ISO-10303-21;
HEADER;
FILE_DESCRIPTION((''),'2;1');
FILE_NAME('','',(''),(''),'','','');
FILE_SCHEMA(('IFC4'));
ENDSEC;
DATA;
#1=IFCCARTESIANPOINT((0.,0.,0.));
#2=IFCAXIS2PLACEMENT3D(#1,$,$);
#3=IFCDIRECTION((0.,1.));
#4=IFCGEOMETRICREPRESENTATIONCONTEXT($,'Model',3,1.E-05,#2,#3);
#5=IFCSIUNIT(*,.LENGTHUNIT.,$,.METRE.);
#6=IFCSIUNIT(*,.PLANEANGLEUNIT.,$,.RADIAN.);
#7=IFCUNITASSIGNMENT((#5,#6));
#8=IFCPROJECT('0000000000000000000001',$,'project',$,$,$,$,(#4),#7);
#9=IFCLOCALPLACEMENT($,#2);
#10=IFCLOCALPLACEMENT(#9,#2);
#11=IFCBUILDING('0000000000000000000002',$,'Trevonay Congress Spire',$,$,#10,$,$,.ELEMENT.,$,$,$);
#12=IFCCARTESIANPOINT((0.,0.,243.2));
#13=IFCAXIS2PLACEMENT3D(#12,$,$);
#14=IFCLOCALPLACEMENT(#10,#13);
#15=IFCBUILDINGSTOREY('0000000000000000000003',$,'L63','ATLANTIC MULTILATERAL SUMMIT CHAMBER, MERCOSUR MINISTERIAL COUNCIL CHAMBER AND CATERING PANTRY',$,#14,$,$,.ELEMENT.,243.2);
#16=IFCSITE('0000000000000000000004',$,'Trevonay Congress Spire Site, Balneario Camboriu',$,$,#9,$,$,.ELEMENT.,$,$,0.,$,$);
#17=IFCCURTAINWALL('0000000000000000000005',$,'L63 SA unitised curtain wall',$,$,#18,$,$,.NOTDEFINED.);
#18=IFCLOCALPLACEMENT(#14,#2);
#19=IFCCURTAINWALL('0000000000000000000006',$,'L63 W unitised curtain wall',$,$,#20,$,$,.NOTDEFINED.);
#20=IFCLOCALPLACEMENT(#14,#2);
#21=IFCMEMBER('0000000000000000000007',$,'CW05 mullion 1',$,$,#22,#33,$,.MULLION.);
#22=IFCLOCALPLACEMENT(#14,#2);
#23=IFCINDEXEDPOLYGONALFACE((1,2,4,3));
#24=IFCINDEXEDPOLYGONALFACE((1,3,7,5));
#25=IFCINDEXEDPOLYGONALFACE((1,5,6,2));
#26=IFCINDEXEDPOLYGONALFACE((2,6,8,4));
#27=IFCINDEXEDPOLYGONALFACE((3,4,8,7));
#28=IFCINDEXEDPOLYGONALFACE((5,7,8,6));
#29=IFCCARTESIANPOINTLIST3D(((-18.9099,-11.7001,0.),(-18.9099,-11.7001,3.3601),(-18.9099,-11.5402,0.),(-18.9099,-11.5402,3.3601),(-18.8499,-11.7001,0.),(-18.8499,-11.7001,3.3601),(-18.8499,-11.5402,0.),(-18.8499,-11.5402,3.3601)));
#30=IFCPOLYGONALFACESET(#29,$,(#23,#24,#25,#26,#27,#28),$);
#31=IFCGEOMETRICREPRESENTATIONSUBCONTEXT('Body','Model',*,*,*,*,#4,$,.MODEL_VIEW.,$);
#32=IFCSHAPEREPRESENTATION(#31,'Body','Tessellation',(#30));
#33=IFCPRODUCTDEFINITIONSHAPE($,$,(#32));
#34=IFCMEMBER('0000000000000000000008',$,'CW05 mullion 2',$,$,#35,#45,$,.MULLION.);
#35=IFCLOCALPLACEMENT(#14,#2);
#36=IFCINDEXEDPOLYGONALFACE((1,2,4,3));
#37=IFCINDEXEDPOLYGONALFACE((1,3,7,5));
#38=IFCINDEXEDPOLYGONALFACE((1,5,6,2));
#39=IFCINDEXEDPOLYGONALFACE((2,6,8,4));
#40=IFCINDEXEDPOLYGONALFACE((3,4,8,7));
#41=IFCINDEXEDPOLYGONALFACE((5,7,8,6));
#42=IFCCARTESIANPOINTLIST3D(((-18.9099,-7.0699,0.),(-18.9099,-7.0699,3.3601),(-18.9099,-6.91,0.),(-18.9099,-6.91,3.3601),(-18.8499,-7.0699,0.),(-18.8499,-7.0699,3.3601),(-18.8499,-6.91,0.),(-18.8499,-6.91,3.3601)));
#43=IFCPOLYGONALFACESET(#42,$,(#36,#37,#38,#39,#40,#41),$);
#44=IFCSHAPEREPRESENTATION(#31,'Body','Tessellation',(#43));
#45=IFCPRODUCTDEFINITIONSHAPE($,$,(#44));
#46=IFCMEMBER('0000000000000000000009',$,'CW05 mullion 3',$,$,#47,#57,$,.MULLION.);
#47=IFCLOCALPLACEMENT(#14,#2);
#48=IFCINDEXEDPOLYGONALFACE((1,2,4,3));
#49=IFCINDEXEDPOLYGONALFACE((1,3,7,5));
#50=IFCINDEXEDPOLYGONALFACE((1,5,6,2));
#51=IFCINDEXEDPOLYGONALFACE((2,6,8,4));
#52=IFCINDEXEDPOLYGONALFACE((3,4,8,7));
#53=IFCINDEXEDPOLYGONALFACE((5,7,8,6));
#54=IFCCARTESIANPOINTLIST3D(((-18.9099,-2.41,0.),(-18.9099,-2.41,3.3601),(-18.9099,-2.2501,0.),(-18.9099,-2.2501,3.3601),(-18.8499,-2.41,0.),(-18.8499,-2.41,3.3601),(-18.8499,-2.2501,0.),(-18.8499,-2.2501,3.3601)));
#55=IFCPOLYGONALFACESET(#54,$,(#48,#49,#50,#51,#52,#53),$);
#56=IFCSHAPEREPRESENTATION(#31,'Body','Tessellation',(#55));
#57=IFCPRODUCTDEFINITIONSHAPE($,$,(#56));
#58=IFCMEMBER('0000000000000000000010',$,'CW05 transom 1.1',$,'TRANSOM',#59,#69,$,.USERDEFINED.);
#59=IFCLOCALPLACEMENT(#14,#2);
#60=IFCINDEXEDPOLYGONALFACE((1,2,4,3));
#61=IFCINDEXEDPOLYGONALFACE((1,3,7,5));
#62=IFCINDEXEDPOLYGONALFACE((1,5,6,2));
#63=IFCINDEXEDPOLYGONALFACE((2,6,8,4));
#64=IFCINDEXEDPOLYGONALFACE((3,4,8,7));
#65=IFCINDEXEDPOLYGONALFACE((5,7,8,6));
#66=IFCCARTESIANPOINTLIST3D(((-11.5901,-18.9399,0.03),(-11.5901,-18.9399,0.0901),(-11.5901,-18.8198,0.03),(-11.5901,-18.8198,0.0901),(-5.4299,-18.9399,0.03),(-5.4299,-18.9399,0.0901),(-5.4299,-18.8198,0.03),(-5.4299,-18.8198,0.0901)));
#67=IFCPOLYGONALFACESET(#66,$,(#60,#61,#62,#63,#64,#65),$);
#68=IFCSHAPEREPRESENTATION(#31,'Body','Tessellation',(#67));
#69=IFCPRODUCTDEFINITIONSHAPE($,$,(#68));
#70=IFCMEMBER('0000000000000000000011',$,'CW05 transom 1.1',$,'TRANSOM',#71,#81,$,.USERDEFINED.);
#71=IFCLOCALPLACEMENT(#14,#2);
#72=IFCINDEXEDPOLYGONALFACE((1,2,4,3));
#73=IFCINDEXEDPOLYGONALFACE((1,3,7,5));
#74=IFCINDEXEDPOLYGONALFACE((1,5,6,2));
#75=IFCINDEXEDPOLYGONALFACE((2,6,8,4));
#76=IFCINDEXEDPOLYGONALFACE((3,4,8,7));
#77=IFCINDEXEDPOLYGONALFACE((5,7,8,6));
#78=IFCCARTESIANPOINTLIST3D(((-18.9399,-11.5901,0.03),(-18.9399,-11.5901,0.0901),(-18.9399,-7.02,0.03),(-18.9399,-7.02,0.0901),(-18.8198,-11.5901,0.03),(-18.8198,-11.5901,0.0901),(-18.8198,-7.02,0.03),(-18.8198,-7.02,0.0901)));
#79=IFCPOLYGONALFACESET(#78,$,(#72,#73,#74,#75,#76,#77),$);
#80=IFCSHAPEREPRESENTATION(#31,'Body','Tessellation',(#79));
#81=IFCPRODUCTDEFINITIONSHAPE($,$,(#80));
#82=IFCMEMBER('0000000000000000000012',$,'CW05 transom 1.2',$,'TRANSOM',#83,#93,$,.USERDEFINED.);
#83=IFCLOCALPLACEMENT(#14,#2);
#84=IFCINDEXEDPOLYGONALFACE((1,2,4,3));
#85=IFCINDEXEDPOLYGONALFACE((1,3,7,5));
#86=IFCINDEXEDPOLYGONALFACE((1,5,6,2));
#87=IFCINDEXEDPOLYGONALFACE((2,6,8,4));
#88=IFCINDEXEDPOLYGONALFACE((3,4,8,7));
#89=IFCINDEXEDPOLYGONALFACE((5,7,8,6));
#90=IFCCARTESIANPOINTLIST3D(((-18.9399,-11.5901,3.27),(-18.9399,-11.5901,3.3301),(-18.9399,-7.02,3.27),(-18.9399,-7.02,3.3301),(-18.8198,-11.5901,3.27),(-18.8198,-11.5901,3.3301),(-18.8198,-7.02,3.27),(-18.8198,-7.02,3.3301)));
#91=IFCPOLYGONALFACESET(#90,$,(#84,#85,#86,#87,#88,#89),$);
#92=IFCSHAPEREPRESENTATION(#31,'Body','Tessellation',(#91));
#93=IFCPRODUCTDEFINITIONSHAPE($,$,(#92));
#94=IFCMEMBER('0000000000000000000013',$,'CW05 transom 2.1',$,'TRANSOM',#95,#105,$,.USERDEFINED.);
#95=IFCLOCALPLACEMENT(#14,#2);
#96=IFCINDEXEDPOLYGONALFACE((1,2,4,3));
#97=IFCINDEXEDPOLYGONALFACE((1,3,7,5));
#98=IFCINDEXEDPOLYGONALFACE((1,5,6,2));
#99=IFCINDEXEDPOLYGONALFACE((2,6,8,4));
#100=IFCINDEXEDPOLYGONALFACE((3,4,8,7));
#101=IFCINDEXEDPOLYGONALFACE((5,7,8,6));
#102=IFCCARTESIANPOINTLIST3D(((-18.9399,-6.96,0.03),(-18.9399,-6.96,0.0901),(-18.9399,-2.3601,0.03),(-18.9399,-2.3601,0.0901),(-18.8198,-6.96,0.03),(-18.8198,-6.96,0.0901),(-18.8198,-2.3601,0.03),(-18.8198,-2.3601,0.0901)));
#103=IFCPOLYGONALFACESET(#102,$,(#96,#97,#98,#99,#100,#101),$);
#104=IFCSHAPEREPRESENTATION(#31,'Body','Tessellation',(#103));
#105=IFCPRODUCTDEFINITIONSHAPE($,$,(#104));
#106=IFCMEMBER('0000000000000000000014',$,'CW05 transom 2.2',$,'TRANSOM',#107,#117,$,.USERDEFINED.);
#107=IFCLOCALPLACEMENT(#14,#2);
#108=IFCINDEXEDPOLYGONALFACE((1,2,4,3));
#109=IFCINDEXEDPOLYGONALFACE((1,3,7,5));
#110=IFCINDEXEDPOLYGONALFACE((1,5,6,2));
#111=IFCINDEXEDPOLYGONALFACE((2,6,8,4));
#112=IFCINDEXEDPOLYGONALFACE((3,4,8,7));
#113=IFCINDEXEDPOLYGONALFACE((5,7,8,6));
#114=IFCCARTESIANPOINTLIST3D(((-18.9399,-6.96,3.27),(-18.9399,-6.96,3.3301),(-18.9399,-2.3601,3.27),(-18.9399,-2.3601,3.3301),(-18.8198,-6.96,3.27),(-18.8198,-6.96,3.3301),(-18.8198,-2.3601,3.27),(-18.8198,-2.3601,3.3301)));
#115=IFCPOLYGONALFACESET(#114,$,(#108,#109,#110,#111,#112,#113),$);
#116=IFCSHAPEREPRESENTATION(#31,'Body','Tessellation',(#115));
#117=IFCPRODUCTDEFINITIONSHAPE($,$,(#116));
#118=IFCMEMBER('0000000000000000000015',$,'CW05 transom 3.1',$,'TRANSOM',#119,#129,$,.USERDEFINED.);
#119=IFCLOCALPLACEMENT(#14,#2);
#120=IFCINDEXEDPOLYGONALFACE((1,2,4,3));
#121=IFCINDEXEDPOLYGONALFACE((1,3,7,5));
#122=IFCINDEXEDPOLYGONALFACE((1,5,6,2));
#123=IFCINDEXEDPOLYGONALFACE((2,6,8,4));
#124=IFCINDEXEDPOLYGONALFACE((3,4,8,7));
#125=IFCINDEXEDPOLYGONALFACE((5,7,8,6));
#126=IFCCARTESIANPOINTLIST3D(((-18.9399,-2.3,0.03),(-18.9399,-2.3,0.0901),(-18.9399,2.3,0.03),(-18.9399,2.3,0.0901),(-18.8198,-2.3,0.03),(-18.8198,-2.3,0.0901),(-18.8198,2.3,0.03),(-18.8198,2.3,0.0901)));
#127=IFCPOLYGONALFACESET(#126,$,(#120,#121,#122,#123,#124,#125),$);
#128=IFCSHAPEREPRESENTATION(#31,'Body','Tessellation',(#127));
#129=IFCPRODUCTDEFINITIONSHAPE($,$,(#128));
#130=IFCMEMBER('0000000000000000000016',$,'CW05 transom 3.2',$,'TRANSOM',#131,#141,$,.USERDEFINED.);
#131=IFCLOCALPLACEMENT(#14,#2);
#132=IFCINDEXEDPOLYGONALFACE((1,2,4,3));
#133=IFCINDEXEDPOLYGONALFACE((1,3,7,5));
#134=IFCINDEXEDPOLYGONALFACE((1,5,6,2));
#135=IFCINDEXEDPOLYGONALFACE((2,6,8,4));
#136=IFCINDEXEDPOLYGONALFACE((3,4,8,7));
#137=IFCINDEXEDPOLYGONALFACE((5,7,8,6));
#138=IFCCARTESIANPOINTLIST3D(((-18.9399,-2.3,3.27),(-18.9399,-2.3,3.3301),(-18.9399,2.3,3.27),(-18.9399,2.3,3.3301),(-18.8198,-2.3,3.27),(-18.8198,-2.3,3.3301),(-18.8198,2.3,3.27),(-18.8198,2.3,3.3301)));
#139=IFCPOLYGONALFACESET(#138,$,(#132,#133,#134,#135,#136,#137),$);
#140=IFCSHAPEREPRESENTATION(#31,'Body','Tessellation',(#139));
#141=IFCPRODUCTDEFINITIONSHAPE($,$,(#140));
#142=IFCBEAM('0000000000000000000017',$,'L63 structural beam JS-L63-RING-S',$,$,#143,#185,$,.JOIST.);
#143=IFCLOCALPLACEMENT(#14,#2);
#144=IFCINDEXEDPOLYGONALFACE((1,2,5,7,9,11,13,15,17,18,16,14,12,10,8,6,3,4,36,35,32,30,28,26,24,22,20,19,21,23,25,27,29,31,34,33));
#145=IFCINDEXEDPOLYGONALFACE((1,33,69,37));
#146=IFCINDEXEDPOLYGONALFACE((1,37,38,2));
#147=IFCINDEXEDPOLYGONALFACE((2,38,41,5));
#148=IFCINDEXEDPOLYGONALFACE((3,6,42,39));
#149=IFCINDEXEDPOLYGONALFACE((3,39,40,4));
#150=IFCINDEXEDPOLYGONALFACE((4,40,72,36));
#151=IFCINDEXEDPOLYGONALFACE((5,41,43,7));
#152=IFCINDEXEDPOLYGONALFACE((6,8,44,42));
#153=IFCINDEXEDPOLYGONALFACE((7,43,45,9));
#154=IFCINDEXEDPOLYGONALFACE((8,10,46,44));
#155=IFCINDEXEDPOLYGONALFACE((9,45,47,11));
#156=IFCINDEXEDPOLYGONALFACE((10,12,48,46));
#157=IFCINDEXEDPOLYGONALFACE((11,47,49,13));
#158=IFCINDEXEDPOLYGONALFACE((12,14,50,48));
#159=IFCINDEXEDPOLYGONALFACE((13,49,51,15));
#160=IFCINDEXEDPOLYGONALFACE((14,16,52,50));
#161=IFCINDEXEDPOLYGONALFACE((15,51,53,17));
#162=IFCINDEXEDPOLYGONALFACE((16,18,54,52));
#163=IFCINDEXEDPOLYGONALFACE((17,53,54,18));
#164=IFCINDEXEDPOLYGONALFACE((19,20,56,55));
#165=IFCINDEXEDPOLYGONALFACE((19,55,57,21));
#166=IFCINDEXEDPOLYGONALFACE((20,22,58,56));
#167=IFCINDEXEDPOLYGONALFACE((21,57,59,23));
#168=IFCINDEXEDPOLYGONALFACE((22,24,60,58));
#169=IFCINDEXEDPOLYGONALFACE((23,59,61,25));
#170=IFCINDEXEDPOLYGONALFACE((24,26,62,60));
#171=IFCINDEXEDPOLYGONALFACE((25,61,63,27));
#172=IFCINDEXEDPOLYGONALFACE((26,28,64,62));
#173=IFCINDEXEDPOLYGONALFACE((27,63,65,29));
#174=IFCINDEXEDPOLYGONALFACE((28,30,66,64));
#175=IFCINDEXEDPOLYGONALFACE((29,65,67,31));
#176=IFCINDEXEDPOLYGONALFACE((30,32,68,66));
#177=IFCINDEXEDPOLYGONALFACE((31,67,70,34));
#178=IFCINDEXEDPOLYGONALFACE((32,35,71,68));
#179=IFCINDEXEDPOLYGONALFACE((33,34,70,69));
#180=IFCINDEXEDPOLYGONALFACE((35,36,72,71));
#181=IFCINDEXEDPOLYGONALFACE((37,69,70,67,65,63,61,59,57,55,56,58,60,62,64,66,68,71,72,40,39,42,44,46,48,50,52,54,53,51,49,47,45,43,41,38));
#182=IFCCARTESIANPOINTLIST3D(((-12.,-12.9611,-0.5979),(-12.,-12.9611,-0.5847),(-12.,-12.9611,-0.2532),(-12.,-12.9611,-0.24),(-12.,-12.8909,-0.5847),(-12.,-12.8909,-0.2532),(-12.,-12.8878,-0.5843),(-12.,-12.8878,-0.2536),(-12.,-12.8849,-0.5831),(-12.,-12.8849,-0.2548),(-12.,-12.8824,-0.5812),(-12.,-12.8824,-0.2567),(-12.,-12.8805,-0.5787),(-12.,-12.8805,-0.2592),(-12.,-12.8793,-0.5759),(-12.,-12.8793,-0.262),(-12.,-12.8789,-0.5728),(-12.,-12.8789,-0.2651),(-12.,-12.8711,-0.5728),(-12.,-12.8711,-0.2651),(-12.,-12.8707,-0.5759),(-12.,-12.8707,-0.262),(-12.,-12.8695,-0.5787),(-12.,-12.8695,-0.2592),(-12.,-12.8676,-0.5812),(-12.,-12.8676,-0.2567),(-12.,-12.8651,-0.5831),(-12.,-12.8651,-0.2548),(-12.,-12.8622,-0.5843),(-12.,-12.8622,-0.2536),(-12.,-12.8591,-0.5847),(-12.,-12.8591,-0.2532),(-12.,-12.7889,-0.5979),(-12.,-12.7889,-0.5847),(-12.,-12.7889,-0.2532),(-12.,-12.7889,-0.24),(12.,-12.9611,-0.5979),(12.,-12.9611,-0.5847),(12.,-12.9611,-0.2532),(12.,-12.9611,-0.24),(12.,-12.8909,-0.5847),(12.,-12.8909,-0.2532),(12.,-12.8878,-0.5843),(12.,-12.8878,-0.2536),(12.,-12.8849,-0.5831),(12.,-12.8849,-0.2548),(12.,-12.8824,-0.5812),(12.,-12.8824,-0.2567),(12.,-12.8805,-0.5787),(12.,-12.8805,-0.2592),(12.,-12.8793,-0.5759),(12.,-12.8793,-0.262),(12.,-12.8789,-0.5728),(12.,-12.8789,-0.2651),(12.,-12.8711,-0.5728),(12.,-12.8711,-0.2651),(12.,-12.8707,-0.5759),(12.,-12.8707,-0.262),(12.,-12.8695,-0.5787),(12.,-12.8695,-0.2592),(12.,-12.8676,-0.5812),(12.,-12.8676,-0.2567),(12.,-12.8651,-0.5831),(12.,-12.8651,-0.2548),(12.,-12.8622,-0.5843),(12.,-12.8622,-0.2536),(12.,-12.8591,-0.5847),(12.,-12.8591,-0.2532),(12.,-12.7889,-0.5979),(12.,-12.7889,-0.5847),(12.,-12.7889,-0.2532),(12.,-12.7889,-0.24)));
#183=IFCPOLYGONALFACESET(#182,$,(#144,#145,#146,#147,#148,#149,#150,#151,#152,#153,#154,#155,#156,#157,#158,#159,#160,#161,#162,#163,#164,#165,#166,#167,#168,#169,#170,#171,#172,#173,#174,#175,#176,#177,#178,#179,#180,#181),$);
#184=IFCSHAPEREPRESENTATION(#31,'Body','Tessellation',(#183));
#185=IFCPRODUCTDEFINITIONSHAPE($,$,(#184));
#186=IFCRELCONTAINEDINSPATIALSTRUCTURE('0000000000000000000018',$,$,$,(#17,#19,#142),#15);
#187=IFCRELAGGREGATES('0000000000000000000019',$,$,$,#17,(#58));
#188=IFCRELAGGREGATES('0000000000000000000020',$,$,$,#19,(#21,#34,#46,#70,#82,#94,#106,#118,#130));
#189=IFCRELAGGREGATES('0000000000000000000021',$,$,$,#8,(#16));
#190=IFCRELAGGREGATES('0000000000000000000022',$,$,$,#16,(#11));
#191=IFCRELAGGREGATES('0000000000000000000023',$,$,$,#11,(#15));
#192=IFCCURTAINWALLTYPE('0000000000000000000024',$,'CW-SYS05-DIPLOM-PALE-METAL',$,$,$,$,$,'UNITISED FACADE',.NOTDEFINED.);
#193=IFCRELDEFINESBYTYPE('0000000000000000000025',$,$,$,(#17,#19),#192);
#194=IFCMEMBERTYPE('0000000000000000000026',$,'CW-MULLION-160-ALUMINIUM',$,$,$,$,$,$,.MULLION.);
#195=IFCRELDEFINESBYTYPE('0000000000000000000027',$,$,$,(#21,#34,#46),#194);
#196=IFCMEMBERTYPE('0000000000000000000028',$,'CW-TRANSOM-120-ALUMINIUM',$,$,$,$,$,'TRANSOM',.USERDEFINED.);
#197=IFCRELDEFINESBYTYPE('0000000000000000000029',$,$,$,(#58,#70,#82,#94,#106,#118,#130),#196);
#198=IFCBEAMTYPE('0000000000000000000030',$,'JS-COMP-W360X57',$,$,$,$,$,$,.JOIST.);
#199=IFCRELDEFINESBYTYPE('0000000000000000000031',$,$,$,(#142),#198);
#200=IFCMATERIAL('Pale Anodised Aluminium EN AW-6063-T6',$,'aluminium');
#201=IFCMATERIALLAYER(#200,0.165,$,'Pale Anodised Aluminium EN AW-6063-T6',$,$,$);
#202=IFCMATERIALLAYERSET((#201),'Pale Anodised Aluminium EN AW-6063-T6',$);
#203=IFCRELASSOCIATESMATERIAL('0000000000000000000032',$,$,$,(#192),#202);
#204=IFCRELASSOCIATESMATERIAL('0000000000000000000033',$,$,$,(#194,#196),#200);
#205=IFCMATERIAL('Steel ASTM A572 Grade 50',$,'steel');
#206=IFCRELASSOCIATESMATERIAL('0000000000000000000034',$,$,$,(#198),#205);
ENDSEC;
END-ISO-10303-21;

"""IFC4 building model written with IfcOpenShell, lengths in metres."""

from ifc_helpers import new_model, si_unit, direction, frame, origin, origin_2d, place, context, subcontext, project, spatial, rectangle, i_section, extrude, material, layer, layer_set, material_profile, profile_set, type_object, element, aggregate, save


model = new_model("IFC4")

# Units and contexts
model_context = context("Model", 3, precision=1e-05, world=origin(), true_north=direction((0.0, 1.0)))
body_context = subcontext(model_context, "Body", "Model", "MODEL_VIEW")
ifc_project = project(units=[si_unit("LENGTHUNIT", "METRE"), si_unit("PLANEANGLEUNIT", "RADIAN")], contexts=[model_context])

# Site, building, storey
site_placement = place(None, origin())
site = spatial("IfcSite", under=ifc_project, at=site_placement, Name="Trevonay Congress Spire Site, Balneario Camboriu", CompositionType="ELEMENT", RefElevation=0.0)
building_placement = place(site_placement, origin())
building = spatial("IfcBuilding", under=site, at=building_placement, Name="Trevonay Congress Spire", CompositionType="ELEMENT")
storey_placement = place(building_placement, frame((0.0, 0.0, 243.2)))
storey = spatial("IfcBuildingStorey", under=building, at=storey_placement, Name="L63", Description="ATLANTIC MULTILATERAL SUMMIT CHAMBER, MERCOSUR MINISTERIAL COUNCIL CHAMBER AND CATERING PANTRY", CompositionType="ELEMENT", Elevation=243.2)

# Shared definitions
ifc_material_1 = material(Name="Steel ASTM A572 Grade 50", Category="steel")

# Curtain wall
ifc_material_2 = material(Name="Pale Anodised Aluminium EN AW-6063-T6", Category="aluminium")
ifc_layer_1 = layer(ifc_material_2, 0.165, Name="Pale Anodised Aluminium EN AW-6063-T6")
ifc_layer_set_1 = layer_set([ifc_layer_1], Name="Pale Anodised Aluminium EN AW-6063-T6")
curtain_wall_type = type_object("IfcCurtainWallType", Name="CW-SYS05-DIPLOM-PALE-METAL", ElementType="UNITISED FACADE", PredefinedType="NOTDEFINED", material=ifc_layer_set_1)
curtain_wall_1_placement = place(storey_placement, origin())
curtain_wall_1 = element("IfcCurtainWall", 1, at=curtain_wall_1_placement, inside=storey, type_object=curtain_wall_type, Name="L63 SA unitised curtain wall", PredefinedType="NOTDEFINED")
ifc_material_profile_1 = material_profile(ifc_material_2, rectangle(XDim=0.0601, YDim=0.1599, at=origin_2d()), Name="CW-MULLION-160-ALUMINIUM")
ifc_profile_set_1 = profile_set([ifc_material_profile_1], Name="Pale Anodised Aluminium EN AW-6063-T6")
member_type_1 = type_object("IfcMemberType", Name="CW-MULLION-160-ALUMINIUM", PredefinedType="MULLION", material=ifc_profile_set_1)

# Curtain wall, members
curtain_wall_2_placement = place(storey_placement, origin())
curtain_wall_2 = element("IfcCurtainWall", 2, at=curtain_wall_2_placement, inside=storey, type_object=curtain_wall_type, Name="L63 W unitised curtain wall", PredefinedType="NOTDEFINED")
member_1_placement = place(storey_placement, frame((-18.8799, -11.6201, 0.0), z_axis=(0.0, 0.0, 1.0), x_axis=(-1.0, 0.0, 0.0)))
member_1 = element("IfcMember", 3, at=member_1_placement, type_object=member_type_1, Name="CW05 mullion 1", PredefinedType="MULLION", context=body_context, shape_type="SweptSolid", body=[
    extrude(rectangle(XDim=0.0601, YDim=0.1599, at=origin_2d()), origin(), (0.0, 0.0, 1.0), 3.3601),
])
member_2_placement = place(storey_placement, frame((-18.8799, -6.99, 0.0), z_axis=(0.0, 0.0, 1.0), x_axis=(-1.0, 0.0, 0.0)))
member_2 = element("IfcMember", 4, at=member_2_placement, type_object=member_type_1, Name="CW05 mullion 2", PredefinedType="MULLION", context=body_context, shape_type="SweptSolid", body=[
    extrude(rectangle(XDim=0.0601, YDim=0.1599, at=origin_2d()), origin(), (0.0, 0.0, 1.0), 3.3601),
])
member_3_placement = place(storey_placement, frame((-18.8799, -2.3301, 0.0), z_axis=(0.0, 0.0, 1.0), x_axis=(-1.0, 0.0, 0.0)))
member_3 = element("IfcMember", 5, at=member_3_placement, type_object=member_type_1, Name="CW05 mullion 3", PredefinedType="MULLION", context=body_context, shape_type="SweptSolid", body=[
    extrude(rectangle(XDim=0.0601, YDim=0.1599, at=origin_2d()), origin(), (0.0, 0.0, 1.0), 3.3601),
])

# Members
ifc_material_profile_2 = material_profile(ifc_material_2, rectangle(XDim=0.1201, YDim=0.0601, at=origin_2d()), Name="CW-TRANSOM-120-ALUMINIUM")
ifc_profile_set_2 = profile_set([ifc_material_profile_2], Name="Pale Anodised Aluminium EN AW-6063-T6")
member_type_2 = type_object("IfcMemberType", Name="CW-TRANSOM-120-ALUMINIUM", ElementType="TRANSOM", PredefinedType="USERDEFINED", material=ifc_profile_set_2)
member_4_placement = place(storey_placement, frame((-11.5901, -18.8799, 0.0601), z_axis=(1.0, 0.0, 0.0), x_axis=(0.0, 1.0, 0.0)))
member_4 = element("IfcMember", 6, at=member_4_placement, type_object=member_type_2, Name="CW05 transom 1.1", ObjectType="TRANSOM", PredefinedType="USERDEFINED", context=body_context, shape_type="SweptSolid", body=[
    extrude(rectangle(XDim=0.1201, YDim=0.0601, at=origin_2d()), origin(), (0.0, 0.0, 1.0), 6.1602),
])
aggregate(curtain_wall_1, [member_4])
member_5_placement = place(storey_placement, frame((-18.8799, -11.5901, 0.0601), z_axis=(0.0, 1.0, 0.0), x_axis=(-1.0, 0.0, 0.0)))
member_5 = element("IfcMember", 7, at=member_5_placement, type_object=member_type_2, Name="CW05 transom 1.1", ObjectType="TRANSOM", PredefinedType="USERDEFINED", context=body_context, shape_type="SweptSolid", body=[
    extrude(rectangle(XDim=0.1201, YDim=0.0601, at=origin_2d()), origin(), (0.0, 0.0, 1.0), 4.5701),
])
member_6_placement = place(storey_placement, frame((-18.8799, -11.5901, 3.3), z_axis=(0.0, 1.0, 0.0), x_axis=(-1.0, 0.0, 0.0)))
member_6 = element("IfcMember", 8, at=member_6_placement, type_object=member_type_2, Name="CW05 transom 1.2", ObjectType="TRANSOM", PredefinedType="USERDEFINED", context=body_context, shape_type="SweptSolid", body=[
    extrude(rectangle(XDim=0.1201, YDim=0.0601, at=origin_2d()), origin(), (0.0, 0.0, 1.0), 4.5701),
])
member_7_placement = place(storey_placement, frame((-18.8799, -6.96, 0.0601), z_axis=(0.0, 1.0, 0.0), x_axis=(-1.0, 0.0, 0.0)))
member_7 = element("IfcMember", 9, at=member_7_placement, type_object=member_type_2, Name="CW05 transom 2.1", ObjectType="TRANSOM", PredefinedType="USERDEFINED", context=body_context, shape_type="SweptSolid", body=[
    extrude(rectangle(XDim=0.1201, YDim=0.0601, at=origin_2d()), origin(), (0.0, 0.0, 1.0), 4.5999),
])
member_8_placement = place(storey_placement, frame((-18.8799, -6.96, 3.3), z_axis=(0.0, 1.0, 0.0), x_axis=(-1.0, 0.0, 0.0)))
member_8 = element("IfcMember", 10, at=member_8_placement, type_object=member_type_2, Name="CW05 transom 2.2", ObjectType="TRANSOM", PredefinedType="USERDEFINED", context=body_context, shape_type="SweptSolid", body=[
    extrude(rectangle(XDim=0.1201, YDim=0.0601, at=origin_2d()), origin(), (0.0, 0.0, 1.0), 4.5999),
])
member_9_placement = place(storey_placement, frame((-18.8799, -2.3, 0.0601), z_axis=(0.0, 1.0, 0.0), x_axis=(-1.0, 0.0, 0.0)))
member_9 = element("IfcMember", 11, at=member_9_placement, type_object=member_type_2, Name="CW05 transom 3.1", ObjectType="TRANSOM", PredefinedType="USERDEFINED", context=body_context, shape_type="SweptSolid", body=[
    extrude(rectangle(XDim=0.1201, YDim=0.0601, at=origin_2d()), origin(), (0.0, 0.0, 1.0), 4.6001),
])
member_10_placement = place(storey_placement, frame((-18.8799, -2.3, 3.3), z_axis=(0.0, 1.0, 0.0), x_axis=(-1.0, 0.0, 0.0)))
member_10 = element("IfcMember", 12, at=member_10_placement, type_object=member_type_2, Name="CW05 transom 3.2", ObjectType="TRANSOM", PredefinedType="USERDEFINED", context=body_context, shape_type="SweptSolid", body=[
    extrude(rectangle(XDim=0.1201, YDim=0.0601, at=origin_2d()), origin(), (0.0, 0.0, 1.0), 4.6001),
])

# Beam
ifc_material_profile_3 = material_profile(ifc_material_1, i_section(OverallWidth=0.1721, OverallDepth=0.3579, WebThickness=0.0078, FlangeThickness=0.0132, FilletRadius=0.012, at=origin_2d()), Name="W360x57.8")
ifc_profile_set_3 = profile_set([ifc_material_profile_3], Name="Steel ASTM A572 Grade 50")
beam_type_1 = type_object("IfcBeamType", Name="JS-COMP-W360X57", PredefinedType="JOIST", material=ifc_profile_set_3)
for number, where, z_axis, x_axis, name in (
    (13, (-12.0, -12.875, -0.4189), (1.0, 0.0, 0.0), (0.0, 1.0, 0.0), "L63 structural beam JS-L63-RING-S"),
):
    element("IfcBeam", number, at=place(storey_placement, frame(where, z_axis=z_axis, x_axis=x_axis)), inside=storey, type_object=beam_type_1, Name=name, PredefinedType="JOIST", context=body_context, shape_type="SweptSolid", body=[
        extrude(i_section(OverallWidth=0.1721, OverallDepth=0.3579, WebThickness=0.0078, FlangeThickness=0.0132, FilletRadius=0.012, at=origin_2d()), origin(), (0.0, 0.0, 1.0), 24.0),
    ])

aggregate(curtain_wall_2, [member_1, member_2, member_3, member_5, member_6, member_7, member_8, member_9, member_10])

save(model, "model.ifc")
